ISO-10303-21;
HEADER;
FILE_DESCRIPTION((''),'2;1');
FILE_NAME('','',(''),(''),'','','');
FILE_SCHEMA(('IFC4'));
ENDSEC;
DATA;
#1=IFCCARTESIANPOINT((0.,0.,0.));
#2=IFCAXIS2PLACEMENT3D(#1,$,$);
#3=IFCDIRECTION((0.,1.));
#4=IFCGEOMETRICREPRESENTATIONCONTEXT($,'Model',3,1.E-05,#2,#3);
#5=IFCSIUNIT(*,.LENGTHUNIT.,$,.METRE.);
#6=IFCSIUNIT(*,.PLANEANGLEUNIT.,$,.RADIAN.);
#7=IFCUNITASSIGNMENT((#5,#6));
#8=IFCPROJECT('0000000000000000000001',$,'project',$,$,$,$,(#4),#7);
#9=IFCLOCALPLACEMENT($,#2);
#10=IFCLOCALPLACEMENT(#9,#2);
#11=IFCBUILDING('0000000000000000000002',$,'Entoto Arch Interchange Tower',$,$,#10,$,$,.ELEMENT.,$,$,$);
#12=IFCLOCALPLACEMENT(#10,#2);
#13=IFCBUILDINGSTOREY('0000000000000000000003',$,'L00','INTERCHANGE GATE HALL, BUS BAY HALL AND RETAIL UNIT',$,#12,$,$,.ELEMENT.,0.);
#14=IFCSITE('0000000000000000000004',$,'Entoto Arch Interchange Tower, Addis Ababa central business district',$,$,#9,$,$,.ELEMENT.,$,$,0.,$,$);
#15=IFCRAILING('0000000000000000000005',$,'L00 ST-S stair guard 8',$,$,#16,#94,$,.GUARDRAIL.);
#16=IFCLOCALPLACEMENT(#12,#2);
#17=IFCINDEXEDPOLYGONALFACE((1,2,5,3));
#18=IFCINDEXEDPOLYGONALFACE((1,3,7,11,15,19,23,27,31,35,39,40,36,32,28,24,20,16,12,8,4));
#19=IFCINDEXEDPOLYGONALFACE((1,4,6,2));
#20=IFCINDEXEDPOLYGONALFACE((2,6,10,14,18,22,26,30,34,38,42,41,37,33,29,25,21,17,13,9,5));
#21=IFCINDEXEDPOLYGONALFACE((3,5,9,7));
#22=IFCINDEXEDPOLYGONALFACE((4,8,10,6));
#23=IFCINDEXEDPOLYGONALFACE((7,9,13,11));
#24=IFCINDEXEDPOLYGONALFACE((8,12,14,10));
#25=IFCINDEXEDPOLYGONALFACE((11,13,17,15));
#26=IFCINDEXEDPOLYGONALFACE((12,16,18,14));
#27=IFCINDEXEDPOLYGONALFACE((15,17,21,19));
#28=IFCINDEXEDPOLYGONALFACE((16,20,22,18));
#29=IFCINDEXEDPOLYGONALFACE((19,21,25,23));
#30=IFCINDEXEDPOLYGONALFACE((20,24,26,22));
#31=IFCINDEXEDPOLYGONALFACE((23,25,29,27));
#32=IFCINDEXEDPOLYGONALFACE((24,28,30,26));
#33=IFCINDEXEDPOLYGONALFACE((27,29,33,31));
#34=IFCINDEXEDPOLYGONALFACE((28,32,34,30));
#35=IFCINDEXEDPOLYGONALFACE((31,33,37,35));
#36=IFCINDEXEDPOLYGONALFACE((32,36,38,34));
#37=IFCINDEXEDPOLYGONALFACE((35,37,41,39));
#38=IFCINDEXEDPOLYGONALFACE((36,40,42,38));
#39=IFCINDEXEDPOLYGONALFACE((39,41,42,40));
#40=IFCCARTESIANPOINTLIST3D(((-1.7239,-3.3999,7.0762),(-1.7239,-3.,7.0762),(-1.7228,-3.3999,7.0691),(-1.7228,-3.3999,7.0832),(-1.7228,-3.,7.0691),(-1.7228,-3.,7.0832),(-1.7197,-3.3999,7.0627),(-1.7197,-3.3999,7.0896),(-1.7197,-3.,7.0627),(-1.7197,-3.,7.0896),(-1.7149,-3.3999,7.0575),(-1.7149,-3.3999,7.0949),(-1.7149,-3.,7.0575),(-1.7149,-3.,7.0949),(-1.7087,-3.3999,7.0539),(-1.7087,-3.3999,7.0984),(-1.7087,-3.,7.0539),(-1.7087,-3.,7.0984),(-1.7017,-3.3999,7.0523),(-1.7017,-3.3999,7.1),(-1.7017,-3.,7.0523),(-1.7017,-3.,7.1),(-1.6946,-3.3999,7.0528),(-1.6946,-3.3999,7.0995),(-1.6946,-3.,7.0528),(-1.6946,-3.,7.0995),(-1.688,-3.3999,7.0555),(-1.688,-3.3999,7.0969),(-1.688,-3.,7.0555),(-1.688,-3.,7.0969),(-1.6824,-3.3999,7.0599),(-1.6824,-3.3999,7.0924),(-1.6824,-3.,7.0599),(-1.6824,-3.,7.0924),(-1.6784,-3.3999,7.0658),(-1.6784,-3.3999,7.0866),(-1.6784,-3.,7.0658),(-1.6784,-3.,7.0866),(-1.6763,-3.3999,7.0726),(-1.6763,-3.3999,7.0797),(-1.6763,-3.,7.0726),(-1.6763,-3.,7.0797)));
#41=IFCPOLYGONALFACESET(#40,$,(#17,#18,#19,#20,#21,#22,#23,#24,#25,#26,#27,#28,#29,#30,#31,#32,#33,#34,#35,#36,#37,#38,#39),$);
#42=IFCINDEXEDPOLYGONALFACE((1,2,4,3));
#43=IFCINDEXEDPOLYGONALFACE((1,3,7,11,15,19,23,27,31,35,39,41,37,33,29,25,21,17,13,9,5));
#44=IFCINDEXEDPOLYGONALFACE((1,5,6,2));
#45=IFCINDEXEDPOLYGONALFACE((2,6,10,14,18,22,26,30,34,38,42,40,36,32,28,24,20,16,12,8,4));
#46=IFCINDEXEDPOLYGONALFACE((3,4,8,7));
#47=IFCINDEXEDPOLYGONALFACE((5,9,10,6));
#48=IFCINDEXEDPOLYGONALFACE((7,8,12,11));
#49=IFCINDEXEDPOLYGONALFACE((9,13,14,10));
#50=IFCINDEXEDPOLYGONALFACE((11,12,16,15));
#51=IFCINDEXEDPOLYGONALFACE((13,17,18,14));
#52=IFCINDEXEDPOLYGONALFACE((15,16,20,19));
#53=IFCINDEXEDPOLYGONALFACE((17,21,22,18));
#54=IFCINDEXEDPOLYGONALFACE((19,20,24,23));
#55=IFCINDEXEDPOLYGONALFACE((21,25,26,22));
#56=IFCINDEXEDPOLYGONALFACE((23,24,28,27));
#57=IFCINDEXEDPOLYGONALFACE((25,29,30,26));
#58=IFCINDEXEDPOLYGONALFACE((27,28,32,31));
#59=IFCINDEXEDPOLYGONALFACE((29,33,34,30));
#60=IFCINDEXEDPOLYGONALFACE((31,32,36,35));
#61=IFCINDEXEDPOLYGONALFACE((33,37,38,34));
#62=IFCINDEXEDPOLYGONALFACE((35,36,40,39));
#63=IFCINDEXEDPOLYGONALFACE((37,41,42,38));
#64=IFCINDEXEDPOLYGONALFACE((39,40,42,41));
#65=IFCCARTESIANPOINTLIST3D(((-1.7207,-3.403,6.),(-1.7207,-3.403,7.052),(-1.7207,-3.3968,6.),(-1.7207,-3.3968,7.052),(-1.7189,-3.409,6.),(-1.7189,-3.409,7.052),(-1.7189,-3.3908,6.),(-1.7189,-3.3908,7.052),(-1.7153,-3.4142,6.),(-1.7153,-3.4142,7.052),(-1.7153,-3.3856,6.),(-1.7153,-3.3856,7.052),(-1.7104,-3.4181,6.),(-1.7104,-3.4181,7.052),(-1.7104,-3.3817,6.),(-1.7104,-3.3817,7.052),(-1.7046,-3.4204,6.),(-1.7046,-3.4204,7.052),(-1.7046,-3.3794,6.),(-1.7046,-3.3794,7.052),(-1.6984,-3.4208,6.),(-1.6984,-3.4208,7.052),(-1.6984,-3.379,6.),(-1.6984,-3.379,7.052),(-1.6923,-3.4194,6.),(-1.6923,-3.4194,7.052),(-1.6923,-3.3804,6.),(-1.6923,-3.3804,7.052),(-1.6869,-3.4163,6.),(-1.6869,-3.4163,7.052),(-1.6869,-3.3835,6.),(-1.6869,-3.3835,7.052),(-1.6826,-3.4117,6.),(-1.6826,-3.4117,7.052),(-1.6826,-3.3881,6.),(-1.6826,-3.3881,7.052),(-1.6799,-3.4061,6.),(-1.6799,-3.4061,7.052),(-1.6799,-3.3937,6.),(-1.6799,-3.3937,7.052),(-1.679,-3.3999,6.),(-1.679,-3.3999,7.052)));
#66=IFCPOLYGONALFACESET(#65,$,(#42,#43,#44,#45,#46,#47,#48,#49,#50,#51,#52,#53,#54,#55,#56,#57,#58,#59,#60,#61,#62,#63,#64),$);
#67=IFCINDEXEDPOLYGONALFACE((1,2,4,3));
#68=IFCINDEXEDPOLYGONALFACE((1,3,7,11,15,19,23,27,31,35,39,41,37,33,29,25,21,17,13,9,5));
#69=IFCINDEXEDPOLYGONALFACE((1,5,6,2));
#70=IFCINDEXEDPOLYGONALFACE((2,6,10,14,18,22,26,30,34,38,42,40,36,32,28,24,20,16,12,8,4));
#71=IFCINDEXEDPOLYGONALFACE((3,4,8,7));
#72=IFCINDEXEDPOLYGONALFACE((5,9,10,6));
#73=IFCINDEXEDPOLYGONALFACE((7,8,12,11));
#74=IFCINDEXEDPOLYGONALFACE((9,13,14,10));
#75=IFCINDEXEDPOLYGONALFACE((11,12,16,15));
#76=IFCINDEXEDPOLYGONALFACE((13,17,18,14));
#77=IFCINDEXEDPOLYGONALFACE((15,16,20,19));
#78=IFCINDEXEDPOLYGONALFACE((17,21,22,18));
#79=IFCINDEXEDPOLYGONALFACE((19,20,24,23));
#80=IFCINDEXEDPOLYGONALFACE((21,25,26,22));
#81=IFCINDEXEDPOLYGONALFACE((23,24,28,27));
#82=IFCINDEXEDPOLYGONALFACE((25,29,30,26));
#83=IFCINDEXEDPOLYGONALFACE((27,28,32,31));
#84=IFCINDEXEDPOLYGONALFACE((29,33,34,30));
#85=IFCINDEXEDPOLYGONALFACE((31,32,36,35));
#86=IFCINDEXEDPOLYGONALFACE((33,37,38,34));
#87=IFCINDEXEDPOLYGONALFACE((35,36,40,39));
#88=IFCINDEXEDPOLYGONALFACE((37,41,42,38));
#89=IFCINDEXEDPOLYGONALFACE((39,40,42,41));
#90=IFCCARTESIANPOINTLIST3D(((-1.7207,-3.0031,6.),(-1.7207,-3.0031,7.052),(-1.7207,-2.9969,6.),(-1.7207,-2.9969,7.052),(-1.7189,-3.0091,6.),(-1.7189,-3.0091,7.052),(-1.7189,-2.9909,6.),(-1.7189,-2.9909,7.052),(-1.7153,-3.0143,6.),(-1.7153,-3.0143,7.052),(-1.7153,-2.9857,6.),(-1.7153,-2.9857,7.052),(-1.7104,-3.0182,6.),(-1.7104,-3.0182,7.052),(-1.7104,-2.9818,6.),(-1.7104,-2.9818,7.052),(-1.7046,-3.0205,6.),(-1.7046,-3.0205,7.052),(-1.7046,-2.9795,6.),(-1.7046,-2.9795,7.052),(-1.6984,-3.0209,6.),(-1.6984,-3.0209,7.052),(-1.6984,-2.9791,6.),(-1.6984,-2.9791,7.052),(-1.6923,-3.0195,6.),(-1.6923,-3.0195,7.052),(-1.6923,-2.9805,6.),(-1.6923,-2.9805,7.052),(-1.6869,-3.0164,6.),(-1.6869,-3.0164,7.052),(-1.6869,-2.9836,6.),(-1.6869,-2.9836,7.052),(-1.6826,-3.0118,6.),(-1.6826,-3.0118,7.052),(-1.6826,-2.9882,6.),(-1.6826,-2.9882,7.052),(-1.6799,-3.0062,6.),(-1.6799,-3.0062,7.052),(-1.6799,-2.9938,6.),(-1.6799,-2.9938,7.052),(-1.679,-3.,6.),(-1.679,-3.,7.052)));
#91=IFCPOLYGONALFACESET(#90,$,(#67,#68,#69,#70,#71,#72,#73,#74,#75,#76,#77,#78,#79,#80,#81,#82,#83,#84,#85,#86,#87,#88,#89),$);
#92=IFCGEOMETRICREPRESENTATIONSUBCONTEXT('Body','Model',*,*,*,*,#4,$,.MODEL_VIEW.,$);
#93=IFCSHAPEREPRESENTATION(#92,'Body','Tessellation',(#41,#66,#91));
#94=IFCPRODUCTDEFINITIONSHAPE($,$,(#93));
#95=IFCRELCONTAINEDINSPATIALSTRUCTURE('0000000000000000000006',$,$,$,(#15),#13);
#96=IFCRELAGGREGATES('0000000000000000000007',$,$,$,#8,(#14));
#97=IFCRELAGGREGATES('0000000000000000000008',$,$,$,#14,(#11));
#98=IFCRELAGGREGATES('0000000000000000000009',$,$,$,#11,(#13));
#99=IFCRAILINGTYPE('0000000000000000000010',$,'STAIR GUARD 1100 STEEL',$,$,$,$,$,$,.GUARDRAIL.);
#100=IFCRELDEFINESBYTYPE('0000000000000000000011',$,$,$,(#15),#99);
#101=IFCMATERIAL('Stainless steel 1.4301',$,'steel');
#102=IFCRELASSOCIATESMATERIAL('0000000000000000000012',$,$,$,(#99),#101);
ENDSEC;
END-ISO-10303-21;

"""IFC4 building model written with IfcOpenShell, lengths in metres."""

from ifc_helpers import new_model, si_unit, direction, frame, origin, origin_2d, place, context, subcontext, project, spatial, circle, extrude, material, type_object, element, save


model = new_model("IFC4")

# Units and contexts
model_context = context("Model", 3, precision=1e-05, world=origin(), true_north=direction((0.0, 1.0)))
body_context = subcontext(model_context, "Body", "Model", "MODEL_VIEW")
ifc_project = project(units=[si_unit("LENGTHUNIT", "METRE"), si_unit("PLANEANGLEUNIT", "RADIAN")], contexts=[model_context])

# Site, building, storey
site_placement = place(None, origin())
site = spatial("IfcSite", under=ifc_project, at=site_placement, Name="Entoto Arch Interchange Tower, Addis Ababa central business district", CompositionType="ELEMENT", RefElevation=0.0)
building_placement = place(site_placement, origin())
building = spatial("IfcBuilding", under=site, at=building_placement, Name="Entoto Arch Interchange Tower", CompositionType="ELEMENT")
storey_placement = place(building_placement, origin())
storey = spatial("IfcBuildingStorey", under=building, at=storey_placement, Name="L00", Description="INTERCHANGE GATE HALL, BUS BAY HALL AND RETAIL UNIT", CompositionType="ELEMENT", Elevation=0.0)

# Railing
ifc_material_1 = material(Name="Stainless steel 1.4301", Category="steel")
railing_type_1 = type_object("IfcRailingType", Name="STAIR GUARD 1100 STEEL", PredefinedType="GUARDRAIL", material=ifc_material_1)
railing_1_placement = place(storey_placement, frame((-1.7, -3.3999, 6.0)))
element("IfcRailing", 1, at=railing_1_placement, inside=storey, type_object=railing_type_1, Name="L00 ST-S stair guard 8", PredefinedType="GUARDRAIL", context=body_context, shape_type="SweptSolid", body=[
    extrude(circle(Radius=0.0239, at=origin_2d()), frame((0.0, 0.0, 1.0762), z_axis=(0.0, 1.0, 0.0), x_axis=(-1.0, 0.0, 0.0)), (0.0, 0.0, 1.0), 0.3999),
    extrude(circle(Radius=0.021, at=origin_2d()), origin(), (0.0, 0.0, 1.0), 1.052),
    extrude(circle(Radius=0.021, at=origin_2d()), frame((0.0, 0.3999, 0.0)), (0.0, 0.0, 1.0), 1.052),
])

save(model, "model.ifc")
